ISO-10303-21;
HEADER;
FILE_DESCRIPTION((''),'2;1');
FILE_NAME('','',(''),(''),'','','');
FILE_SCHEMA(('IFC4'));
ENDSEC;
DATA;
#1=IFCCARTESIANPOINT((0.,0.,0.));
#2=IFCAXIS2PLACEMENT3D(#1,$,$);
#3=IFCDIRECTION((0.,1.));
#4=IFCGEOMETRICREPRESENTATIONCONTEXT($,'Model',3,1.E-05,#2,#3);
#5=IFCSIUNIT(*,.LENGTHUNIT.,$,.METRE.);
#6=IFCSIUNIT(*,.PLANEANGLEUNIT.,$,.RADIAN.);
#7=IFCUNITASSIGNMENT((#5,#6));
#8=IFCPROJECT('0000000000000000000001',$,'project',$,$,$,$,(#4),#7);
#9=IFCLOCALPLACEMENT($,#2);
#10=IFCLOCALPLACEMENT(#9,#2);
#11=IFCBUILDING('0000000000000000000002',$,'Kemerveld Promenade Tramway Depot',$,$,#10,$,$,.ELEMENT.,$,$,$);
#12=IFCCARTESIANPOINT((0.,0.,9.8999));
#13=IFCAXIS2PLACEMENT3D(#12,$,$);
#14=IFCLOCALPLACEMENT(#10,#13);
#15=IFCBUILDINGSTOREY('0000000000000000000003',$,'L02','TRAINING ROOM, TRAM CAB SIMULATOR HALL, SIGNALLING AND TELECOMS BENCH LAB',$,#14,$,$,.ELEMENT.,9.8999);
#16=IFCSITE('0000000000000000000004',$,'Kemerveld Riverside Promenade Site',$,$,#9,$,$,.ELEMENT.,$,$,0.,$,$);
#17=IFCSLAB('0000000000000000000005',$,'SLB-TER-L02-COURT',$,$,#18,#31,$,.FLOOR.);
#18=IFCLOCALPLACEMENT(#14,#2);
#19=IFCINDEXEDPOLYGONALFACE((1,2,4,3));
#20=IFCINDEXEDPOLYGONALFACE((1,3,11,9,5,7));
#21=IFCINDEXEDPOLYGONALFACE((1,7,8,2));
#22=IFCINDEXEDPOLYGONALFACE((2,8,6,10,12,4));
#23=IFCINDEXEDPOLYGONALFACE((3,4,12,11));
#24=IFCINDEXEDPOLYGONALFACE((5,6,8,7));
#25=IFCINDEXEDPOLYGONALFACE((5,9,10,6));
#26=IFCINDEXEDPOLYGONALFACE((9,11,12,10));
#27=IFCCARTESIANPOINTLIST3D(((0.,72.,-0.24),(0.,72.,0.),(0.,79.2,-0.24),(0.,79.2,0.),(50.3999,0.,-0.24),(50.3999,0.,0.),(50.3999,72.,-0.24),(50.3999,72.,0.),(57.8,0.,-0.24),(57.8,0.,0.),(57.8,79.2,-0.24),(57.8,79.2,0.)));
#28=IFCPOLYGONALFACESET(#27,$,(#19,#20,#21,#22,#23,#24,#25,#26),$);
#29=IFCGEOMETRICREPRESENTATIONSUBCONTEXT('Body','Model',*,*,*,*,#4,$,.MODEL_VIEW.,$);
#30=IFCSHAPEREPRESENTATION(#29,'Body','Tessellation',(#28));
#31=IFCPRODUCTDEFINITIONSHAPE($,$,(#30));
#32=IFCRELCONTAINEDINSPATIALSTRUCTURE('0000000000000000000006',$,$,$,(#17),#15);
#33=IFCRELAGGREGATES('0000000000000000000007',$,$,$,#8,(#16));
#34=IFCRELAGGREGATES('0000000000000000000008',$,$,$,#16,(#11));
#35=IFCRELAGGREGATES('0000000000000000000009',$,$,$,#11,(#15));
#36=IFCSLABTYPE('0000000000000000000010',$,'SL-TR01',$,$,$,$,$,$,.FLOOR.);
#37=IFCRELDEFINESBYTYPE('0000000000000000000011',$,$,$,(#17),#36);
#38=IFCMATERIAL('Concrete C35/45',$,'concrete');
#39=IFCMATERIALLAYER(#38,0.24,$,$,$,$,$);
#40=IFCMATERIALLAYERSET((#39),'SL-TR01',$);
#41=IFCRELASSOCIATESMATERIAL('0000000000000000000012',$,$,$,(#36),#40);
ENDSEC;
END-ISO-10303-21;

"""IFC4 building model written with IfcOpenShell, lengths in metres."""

from ifc_helpers import new_model, si_unit, direction, frame, origin, place, context, subcontext, project, spatial, polyline, outline, extrude, material, layer, layer_set, type_object, element, save


model = new_model("IFC4")

# Units and contexts
model_context = context("Model", 3, precision=1e-05, world=origin(), true_north=direction((0.0, 1.0)))
body_context = subcontext(model_context, "Body", "Model", "MODEL_VIEW")
ifc_project = project(units=[si_unit("LENGTHUNIT", "METRE"), si_unit("PLANEANGLEUNIT", "RADIAN")], contexts=[model_context])

# Site, building, storey
site_placement = place(None, origin())
site = spatial("IfcSite", under=ifc_project, at=site_placement, Name="Kemerveld Riverside Promenade Site", CompositionType="ELEMENT", RefElevation=0.0)
building_placement = place(site_placement, origin())
building = spatial("IfcBuilding", under=site, at=building_placement, Name="Kemerveld Promenade Tramway Depot", CompositionType="ELEMENT")
storey_placement = place(building_placement, frame((0.0, 0.0, 9.8999)))
storey = spatial("IfcBuildingStorey", under=building, at=storey_placement, Name="L02", Description="TRAINING ROOM, TRAM CAB SIMULATOR HALL, SIGNALLING AND TELECOMS BENCH LAB", CompositionType="ELEMENT", Elevation=9.8999)

# Shared definitions
ifc_material_1 = material(Name="Concrete C35/45", Category="concrete")

# Slab
ifc_layer_1 = layer(ifc_material_1, 0.24)
ifc_layer_set_1 = layer_set([ifc_layer_1], Name="SL-TR01")
slab_type_1 = type_object("IfcSlabType", Name="SL-TR01", PredefinedType="FLOOR", material=ifc_layer_set_1)
slab_1_placement = place(storey_placement, frame((0.0, 0.0, -0.24)))
element("IfcSlab", 1, at=slab_1_placement, inside=storey, type_object=slab_type_1, Name="SLB-TER-L02-COURT", PredefinedType="FLOOR", context=body_context, shape_type="SweptSolid", body=[
    extrude(outline(polyline([(50.3999, 0.0), (57.8, 0.0), (57.8, 79.2), (0.0, 79.2), (0.0, 72.0), (50.3999, 72.0), (50.3999, 0.0)])), origin(), (0.0, 0.0, 1.0), 0.24),
])

save(model, "model.ifc")
